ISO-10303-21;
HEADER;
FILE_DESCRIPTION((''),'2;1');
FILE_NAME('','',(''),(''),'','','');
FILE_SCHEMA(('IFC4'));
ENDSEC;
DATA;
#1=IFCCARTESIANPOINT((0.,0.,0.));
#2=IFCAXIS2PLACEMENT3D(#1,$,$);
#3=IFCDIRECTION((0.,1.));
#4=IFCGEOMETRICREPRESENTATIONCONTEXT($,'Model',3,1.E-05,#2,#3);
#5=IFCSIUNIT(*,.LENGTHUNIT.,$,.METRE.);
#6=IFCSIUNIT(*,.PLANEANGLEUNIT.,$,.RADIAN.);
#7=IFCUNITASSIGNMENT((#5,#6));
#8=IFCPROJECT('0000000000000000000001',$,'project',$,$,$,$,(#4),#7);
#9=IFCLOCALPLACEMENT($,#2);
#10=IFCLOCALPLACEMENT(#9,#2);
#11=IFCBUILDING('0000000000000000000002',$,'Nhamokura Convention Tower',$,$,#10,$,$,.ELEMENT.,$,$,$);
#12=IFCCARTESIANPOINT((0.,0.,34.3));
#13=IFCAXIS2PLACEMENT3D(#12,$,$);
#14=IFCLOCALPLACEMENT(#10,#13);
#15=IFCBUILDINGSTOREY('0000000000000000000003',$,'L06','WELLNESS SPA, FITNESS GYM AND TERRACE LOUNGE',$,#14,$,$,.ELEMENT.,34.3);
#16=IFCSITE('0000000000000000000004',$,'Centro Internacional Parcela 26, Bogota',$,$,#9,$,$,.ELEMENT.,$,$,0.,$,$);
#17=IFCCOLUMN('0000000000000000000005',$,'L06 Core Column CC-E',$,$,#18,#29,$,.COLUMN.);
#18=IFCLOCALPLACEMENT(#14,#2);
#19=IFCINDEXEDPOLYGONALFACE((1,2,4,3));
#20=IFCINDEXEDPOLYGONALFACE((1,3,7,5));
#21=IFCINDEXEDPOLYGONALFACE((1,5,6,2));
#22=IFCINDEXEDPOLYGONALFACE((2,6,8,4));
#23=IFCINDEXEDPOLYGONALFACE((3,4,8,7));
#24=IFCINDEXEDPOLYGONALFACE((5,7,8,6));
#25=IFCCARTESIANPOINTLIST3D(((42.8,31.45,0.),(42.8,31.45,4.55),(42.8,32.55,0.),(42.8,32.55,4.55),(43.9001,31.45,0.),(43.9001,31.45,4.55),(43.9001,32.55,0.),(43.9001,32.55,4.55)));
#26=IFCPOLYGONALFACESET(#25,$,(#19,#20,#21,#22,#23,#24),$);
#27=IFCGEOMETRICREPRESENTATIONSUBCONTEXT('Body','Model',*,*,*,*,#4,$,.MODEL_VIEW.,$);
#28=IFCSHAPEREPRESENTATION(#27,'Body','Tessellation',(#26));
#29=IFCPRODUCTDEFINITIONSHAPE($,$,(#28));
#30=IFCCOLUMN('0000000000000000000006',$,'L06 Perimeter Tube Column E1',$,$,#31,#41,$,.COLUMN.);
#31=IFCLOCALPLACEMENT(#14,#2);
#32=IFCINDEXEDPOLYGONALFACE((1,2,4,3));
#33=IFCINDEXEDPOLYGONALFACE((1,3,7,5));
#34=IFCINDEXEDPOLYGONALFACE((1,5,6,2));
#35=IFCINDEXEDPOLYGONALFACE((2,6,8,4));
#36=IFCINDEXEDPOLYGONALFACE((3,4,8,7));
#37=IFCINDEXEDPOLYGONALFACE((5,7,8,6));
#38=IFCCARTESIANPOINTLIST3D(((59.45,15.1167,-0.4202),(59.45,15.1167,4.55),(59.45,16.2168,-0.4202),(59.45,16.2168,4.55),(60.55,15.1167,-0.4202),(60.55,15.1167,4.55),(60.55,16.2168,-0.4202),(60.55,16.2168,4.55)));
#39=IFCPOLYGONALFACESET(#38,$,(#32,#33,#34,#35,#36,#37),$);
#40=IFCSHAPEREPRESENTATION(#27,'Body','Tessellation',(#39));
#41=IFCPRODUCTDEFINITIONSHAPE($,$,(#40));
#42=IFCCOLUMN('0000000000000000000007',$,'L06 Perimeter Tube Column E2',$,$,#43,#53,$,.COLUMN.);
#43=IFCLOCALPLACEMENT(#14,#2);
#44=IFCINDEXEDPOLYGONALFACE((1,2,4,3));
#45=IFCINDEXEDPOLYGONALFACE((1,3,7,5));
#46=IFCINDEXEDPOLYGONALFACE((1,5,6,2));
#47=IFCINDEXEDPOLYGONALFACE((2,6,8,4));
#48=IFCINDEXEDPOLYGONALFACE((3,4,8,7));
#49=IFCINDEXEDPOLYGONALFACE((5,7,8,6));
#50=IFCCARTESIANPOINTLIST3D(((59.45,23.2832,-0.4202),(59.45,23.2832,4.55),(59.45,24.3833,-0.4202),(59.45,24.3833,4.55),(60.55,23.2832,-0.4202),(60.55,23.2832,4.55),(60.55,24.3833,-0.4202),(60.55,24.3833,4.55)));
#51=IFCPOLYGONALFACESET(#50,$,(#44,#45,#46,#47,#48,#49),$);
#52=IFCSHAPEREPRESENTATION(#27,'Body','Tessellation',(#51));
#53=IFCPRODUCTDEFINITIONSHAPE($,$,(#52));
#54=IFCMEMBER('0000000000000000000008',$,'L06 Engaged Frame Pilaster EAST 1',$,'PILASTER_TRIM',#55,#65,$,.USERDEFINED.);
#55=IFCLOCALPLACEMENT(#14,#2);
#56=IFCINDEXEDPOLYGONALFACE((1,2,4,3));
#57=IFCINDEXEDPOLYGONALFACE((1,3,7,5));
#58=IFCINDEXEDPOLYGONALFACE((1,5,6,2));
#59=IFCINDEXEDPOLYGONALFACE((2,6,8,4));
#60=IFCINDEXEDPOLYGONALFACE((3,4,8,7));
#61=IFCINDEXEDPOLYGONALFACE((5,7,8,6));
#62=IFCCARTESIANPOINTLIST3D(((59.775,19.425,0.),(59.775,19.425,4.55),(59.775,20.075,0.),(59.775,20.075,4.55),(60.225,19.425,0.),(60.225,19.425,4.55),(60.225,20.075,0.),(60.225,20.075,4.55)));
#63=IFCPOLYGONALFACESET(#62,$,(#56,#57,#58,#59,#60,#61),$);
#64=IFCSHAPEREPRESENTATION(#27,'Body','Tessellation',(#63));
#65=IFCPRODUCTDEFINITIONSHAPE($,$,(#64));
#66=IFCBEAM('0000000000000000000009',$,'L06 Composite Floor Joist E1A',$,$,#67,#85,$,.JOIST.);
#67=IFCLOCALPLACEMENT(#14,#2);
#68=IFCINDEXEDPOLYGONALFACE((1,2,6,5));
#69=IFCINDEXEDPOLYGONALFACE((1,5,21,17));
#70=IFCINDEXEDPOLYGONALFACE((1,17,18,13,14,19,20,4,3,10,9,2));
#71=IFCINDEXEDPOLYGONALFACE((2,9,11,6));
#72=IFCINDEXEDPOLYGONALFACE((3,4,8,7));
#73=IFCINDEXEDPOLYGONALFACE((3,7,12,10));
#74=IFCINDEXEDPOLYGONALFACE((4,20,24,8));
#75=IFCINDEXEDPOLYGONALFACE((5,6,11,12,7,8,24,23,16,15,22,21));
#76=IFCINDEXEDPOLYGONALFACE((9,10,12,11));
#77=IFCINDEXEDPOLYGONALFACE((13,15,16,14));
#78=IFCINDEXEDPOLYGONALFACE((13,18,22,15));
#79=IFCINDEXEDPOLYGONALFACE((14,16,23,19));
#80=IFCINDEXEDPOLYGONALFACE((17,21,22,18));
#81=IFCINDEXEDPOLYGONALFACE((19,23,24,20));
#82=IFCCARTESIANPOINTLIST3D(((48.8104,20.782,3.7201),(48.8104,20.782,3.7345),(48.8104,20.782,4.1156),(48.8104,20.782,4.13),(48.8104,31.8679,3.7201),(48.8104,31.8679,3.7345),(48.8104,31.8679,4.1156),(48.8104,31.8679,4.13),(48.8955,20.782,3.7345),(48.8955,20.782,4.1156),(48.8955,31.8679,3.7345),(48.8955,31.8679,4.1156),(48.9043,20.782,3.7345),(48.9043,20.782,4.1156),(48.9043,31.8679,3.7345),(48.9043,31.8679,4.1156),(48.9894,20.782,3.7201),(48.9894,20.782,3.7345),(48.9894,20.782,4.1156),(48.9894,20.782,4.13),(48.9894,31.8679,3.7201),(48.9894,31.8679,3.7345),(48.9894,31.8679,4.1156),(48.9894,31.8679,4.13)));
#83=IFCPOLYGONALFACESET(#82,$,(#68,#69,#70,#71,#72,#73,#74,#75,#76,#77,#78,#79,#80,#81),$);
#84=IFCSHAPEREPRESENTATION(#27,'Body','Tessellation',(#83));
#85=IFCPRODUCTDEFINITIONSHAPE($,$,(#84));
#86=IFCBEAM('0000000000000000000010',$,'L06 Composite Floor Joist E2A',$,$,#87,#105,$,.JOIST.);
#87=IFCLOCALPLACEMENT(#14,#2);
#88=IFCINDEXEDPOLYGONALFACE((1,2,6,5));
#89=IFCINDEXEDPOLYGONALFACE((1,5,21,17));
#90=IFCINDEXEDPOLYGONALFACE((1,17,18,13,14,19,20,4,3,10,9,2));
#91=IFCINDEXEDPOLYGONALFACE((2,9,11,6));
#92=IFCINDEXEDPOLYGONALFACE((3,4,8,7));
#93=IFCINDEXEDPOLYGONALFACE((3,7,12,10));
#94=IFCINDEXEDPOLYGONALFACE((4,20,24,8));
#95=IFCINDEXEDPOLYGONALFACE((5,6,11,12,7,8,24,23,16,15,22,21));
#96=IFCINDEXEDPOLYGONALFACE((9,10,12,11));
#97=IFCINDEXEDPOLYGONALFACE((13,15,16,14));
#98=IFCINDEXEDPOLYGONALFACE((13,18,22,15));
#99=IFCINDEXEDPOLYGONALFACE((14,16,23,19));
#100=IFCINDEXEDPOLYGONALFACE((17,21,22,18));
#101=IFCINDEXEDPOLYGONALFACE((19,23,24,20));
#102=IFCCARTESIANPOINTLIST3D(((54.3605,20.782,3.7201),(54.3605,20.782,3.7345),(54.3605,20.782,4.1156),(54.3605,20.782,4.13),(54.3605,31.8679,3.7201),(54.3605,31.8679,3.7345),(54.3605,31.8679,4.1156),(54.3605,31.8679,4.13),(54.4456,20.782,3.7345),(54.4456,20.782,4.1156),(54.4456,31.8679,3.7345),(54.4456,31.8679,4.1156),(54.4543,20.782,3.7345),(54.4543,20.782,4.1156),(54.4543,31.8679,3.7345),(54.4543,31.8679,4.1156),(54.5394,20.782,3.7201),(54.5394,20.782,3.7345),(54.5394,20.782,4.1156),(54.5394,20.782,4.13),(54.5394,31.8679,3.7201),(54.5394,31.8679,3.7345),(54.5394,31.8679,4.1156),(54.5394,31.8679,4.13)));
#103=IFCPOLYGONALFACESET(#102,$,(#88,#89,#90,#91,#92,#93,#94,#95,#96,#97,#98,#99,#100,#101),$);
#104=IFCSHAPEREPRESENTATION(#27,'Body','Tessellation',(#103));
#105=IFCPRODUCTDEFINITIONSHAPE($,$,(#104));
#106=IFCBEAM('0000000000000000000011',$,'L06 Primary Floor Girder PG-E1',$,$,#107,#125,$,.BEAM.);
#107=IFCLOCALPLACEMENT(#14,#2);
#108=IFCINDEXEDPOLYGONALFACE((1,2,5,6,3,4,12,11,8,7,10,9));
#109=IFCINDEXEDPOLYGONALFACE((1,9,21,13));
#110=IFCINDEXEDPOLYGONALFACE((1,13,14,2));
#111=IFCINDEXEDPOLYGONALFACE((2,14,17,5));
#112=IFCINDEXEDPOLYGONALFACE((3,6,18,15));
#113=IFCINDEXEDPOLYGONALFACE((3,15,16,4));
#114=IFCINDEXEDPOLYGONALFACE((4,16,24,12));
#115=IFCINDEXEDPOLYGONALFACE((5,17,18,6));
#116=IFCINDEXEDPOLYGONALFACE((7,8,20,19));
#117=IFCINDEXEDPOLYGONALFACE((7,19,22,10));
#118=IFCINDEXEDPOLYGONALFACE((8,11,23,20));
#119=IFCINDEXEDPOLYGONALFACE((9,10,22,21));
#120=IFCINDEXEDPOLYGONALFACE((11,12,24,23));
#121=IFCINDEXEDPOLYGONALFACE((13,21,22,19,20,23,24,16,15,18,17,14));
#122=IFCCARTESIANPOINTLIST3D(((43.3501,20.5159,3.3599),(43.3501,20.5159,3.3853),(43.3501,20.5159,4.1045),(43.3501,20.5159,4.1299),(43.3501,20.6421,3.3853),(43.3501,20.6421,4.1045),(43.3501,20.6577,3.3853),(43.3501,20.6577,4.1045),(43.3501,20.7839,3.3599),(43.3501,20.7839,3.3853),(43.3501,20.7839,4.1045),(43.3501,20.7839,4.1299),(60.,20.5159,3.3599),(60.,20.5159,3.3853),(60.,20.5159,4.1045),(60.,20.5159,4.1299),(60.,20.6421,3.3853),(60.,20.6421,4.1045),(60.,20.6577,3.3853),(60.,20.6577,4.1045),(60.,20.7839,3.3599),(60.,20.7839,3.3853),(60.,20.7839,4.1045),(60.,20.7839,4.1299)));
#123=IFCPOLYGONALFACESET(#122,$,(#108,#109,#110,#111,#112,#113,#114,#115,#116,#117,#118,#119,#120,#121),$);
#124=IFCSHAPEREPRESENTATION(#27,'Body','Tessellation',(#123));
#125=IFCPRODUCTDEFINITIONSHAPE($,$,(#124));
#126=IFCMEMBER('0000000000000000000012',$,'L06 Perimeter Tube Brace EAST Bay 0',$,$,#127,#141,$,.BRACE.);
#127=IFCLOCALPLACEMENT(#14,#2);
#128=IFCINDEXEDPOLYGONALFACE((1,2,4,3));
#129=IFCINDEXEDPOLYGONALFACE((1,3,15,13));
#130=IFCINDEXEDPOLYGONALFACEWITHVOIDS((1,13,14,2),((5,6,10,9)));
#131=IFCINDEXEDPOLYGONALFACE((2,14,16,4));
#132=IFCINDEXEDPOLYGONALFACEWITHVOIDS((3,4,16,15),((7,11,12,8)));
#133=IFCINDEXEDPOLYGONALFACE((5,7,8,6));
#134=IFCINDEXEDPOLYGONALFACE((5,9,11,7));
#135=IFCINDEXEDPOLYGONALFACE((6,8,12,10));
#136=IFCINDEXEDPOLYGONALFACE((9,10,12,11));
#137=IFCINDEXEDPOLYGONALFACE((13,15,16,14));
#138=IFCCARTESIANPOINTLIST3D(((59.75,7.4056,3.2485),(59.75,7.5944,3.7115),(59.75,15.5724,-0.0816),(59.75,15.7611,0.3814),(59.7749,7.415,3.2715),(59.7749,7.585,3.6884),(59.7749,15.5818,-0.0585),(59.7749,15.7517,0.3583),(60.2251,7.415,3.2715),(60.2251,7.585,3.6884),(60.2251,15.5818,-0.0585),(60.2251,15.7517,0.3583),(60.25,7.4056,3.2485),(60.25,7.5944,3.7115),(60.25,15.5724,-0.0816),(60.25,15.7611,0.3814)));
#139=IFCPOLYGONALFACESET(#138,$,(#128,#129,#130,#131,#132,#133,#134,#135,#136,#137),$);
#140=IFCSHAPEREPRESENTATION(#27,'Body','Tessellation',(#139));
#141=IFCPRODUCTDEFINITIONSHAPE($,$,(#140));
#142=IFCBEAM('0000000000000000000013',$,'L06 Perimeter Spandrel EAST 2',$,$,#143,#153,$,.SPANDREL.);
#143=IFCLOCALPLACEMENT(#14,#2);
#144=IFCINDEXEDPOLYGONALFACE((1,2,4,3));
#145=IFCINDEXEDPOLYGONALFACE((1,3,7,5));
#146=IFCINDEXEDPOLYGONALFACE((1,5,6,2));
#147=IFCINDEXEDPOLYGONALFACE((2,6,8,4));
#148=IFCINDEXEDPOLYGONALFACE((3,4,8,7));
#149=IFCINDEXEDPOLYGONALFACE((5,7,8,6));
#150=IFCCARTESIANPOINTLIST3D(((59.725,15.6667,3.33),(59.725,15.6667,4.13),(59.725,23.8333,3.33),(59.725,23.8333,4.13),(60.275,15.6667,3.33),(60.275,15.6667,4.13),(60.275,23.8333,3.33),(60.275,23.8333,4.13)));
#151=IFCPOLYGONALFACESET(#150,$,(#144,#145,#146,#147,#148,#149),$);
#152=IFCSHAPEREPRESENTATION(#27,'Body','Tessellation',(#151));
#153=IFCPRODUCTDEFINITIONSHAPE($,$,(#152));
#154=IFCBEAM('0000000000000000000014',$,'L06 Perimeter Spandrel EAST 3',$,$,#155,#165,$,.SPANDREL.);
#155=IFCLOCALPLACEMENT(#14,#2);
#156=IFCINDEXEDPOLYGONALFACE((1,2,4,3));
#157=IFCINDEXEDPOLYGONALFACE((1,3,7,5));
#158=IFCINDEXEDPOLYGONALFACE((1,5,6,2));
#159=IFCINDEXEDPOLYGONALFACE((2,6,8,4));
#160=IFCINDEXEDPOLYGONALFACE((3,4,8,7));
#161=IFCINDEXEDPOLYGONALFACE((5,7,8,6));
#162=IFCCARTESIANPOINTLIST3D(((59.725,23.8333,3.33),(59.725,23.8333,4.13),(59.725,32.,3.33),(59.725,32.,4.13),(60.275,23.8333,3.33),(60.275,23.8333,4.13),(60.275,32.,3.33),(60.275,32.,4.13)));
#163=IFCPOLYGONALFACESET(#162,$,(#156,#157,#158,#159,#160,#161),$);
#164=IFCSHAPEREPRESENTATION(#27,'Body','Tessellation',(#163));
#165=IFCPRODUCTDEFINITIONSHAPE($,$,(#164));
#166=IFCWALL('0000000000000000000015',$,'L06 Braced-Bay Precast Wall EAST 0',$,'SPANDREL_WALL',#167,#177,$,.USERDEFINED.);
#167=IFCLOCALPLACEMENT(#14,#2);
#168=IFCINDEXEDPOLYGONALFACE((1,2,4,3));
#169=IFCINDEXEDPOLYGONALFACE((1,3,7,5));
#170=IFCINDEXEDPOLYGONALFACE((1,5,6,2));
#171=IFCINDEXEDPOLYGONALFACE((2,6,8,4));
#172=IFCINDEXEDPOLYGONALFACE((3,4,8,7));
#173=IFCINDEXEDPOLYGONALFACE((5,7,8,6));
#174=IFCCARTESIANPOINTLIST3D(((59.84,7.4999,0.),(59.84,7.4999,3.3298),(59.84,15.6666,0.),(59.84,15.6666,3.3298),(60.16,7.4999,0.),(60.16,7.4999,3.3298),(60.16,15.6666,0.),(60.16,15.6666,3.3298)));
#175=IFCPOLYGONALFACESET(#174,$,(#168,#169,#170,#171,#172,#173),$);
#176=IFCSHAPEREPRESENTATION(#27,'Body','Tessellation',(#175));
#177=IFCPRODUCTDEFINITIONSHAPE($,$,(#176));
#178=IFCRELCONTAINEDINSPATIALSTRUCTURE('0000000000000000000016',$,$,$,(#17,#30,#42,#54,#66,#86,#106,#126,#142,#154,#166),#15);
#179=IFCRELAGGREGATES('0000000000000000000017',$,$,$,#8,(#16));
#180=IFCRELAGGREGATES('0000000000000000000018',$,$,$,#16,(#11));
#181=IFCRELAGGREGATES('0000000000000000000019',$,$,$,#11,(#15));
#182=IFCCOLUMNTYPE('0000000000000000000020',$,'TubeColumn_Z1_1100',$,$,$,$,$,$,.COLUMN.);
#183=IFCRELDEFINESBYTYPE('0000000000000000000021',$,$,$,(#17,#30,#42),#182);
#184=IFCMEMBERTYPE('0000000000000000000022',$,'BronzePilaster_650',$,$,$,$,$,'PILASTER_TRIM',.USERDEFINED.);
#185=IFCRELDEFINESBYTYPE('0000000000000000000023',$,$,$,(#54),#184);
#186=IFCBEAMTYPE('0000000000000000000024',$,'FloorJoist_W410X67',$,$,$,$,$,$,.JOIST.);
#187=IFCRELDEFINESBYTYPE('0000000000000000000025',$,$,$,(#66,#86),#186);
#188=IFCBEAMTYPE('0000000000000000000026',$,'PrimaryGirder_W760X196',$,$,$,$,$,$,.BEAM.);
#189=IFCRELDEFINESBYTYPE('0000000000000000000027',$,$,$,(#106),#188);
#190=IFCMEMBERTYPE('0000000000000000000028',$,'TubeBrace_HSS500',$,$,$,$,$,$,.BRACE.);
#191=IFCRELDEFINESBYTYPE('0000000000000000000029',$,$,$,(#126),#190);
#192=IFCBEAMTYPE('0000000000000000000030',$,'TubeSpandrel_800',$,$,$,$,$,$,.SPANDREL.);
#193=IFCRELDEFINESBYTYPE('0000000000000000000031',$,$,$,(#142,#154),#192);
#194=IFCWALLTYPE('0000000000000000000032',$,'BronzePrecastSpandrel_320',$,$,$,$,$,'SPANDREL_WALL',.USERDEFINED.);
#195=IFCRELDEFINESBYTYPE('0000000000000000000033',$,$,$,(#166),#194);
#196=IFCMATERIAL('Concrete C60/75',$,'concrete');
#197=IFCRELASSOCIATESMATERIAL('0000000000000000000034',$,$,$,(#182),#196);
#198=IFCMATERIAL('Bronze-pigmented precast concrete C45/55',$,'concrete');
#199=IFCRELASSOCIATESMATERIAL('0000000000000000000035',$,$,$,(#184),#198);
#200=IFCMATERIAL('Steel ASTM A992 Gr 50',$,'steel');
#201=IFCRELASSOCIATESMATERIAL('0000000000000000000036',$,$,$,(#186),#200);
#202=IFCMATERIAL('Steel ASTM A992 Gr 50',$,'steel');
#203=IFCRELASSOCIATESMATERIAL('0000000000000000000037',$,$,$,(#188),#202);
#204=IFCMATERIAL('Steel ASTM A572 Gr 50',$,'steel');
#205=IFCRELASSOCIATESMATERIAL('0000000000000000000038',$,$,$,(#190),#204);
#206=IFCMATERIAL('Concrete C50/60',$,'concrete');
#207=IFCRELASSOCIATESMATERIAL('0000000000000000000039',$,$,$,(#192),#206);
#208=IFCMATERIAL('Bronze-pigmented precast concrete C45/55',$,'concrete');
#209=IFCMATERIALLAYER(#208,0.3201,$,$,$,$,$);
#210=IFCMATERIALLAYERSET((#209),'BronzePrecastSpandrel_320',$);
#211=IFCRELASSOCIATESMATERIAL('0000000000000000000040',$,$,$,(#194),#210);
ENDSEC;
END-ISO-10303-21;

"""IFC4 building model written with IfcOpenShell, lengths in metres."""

from ifc_helpers import new_model, si_unit, direction, frame, frame_2d, origin, origin_2d, place, context, subcontext, project, spatial, rectangle, hollow_rectangle, i_section, extrude, material, layer, layer_set, material_profile, profile_set, type_object, element, save


model = new_model("IFC4")

# Units and contexts
model_context = context("Model", 3, precision=1e-05, world=origin(), true_north=direction((0.0, 1.0)))
body_context = subcontext(model_context, "Body", "Model", "MODEL_VIEW")
ifc_project = project(units=[si_unit("LENGTHUNIT", "METRE"), si_unit("PLANEANGLEUNIT", "RADIAN")], contexts=[model_context])

# Site, building, storey
site_placement = place(None, origin())
site = spatial("IfcSite", under=ifc_project, at=site_placement, Name="Centro Internacional Parcela 26, Bogota", CompositionType="ELEMENT", RefElevation=0.0)
building_placement = place(site_placement, origin())
building = spatial("IfcBuilding", under=site, at=building_placement, Name="Nhamokura Convention Tower", CompositionType="ELEMENT")
storey_placement = place(building_placement, frame((0.0, 0.0, 34.3)))
storey = spatial("IfcBuildingStorey", under=building, at=storey_placement, Name="L06", Description="WELLNESS SPA, FITNESS GYM AND TERRACE LOUNGE", CompositionType="ELEMENT", Elevation=34.3)

# Columns
ifc_material_1 = material(Name="Concrete C60/75", Category="concrete")
ifc_material_profile_1 = material_profile(ifc_material_1, rectangle(XDim=1.1001, YDim=1.1001, at=origin_2d()))
ifc_profile_set_1 = profile_set([ifc_material_profile_1], Name="Concrete C60/75")
column_type = type_object("IfcColumnType", Name="TubeColumn_Z1_1100", PredefinedType="COLUMN", material=ifc_profile_set_1)
column_placement = place(storey_placement, frame((43.3501, 32.0, 0.0), z_axis=(0.0, 0.0, 1.0), x_axis=(1.0, 0.0, 0.0)))
element("IfcColumn", 1, at=column_placement, inside=storey, type_object=column_type, Name="L06 Core Column CC-E", PredefinedType="COLUMN", context=body_context, shape_type="SweptSolid", body=[
    extrude(rectangle(XDim=1.1001, YDim=1.1001, at=origin_2d()), origin(), (0.0, 0.0, 1.0), 4.55),
])
for number, where, z_axis, x_axis, name in (
    (2, (60.0, 15.6667, -0.4202), (0.0, 0.0, 1.0), (1.0, 0.0, 0.0), "L06 Perimeter Tube Column E1"),
    (3, (60.0, 23.8333, -0.4202), (0.0, 0.0, 1.0), (1.0, 0.0, 0.0), "L06 Perimeter Tube Column E2"),
):
    element("IfcColumn", number, at=place(storey_placement, frame(where, z_axis=z_axis, x_axis=x_axis)), inside=storey, type_object=column_type, Name=name, PredefinedType="COLUMN", context=body_context, shape_type="SweptSolid", body=[
        extrude(rectangle(XDim=1.1001, YDim=1.1001, at=origin_2d()), origin(), (0.0, 0.0, 1.0), 4.9702),
    ])

# Member
ifc_material_2 = material(Name="Bronze-pigmented precast concrete C45/55", Category="concrete")
ifc_material_profile_2 = material_profile(ifc_material_2, rectangle(XDim=0.45, YDim=0.6499, at=origin_2d()))
ifc_profile_set_2 = profile_set([ifc_material_profile_2], Name="Bronze-pigmented precast concrete C45/55")
member_type_1 = type_object("IfcMemberType", Name="BronzePilaster_650", ElementType="PILASTER_TRIM", PredefinedType="USERDEFINED", material=ifc_profile_set_2)
member_1_placement = place(storey_placement, frame((60.0, 19.75, 0.0), z_axis=(0.0, 0.0, 1.0), x_axis=(1.0, 0.0, 0.0)))
element("IfcMember", 4, at=member_1_placement, inside=storey, type_object=member_type_1, Name="L06 Engaged Frame Pilaster EAST 1", ObjectType="PILASTER_TRIM", PredefinedType="USERDEFINED", context=body_context, shape_type="SweptSolid", body=[
    extrude(rectangle(XDim=0.45, YDim=0.6499, at=origin_2d()), origin(), (0.0, 0.0, 1.0), 4.55),
])

# Beams
ifc_material_3 = material(Name="Steel ASTM A992 Gr 50", Category="steel")
ifc_material_profile_3 = material_profile(ifc_material_3, i_section(OverallWidth=0.179, OverallDepth=0.4099, WebThickness=0.0088, FlangeThickness=0.0144, at=origin_2d()))
ifc_profile_set_3 = profile_set([ifc_material_profile_3], Name="Steel ASTM A992 Gr 50")
beam_type_1 = type_object("IfcBeamType", Name="FloorJoist_W410X67", PredefinedType="JOIST", material=ifc_profile_set_3)
for number, where, z_axis, x_axis, name in (
    (5, (48.8999, 20.782, 3.925), (0.0, 1.0, 0.0), (-1.0, 0.0, 0.0), "L06 Composite Floor Joist E1A"),
    (6, (54.45, 20.782, 3.925), (0.0, 1.0, 0.0), (-1.0, 0.0, 0.0), "L06 Composite Floor Joist E2A"),
):
    element("IfcBeam", number, at=place(storey_placement, frame(where, z_axis=z_axis, x_axis=x_axis)), inside=storey, type_object=beam_type_1, Name=name, PredefinedType="JOIST", context=body_context, shape_type="SweptSolid", body=[
        extrude(i_section(OverallWidth=0.179, OverallDepth=0.4099, WebThickness=0.0088, FlangeThickness=0.0144, at=origin_2d()), origin(), (0.0, 0.0, 1.0), 11.0859),
    ])
ifc_material_4 = material(Name="Steel ASTM A992 Gr 50", Category="steel")
ifc_material_profile_4 = material_profile(ifc_material_4, i_section(OverallWidth=0.2681, OverallDepth=0.77, WebThickness=0.0156, FlangeThickness=0.0254, at=origin_2d()))
ifc_profile_set_4 = profile_set([ifc_material_profile_4], Name="Steel ASTM A992 Gr 50")
beam_type_2 = type_object("IfcBeamType", Name="PrimaryGirder_W760X196", PredefinedType="BEAM", material=ifc_profile_set_4)
beam_1_placement = place(storey_placement, frame((43.3501, 20.6499, 3.7449), z_axis=(1.0, 0.0, 0.0), x_axis=(0.0, 1.0, 0.0)))
element("IfcBeam", 7, at=beam_1_placement, inside=storey, type_object=beam_type_2, Name="L06 Primary Floor Girder PG-E1", PredefinedType="BEAM", context=body_context, shape_type="SweptSolid", body=[
    extrude(i_section(OverallWidth=0.2681, OverallDepth=0.77, WebThickness=0.0156, FlangeThickness=0.0254, at=origin_2d()), origin(), (0.0, 0.0, 1.0), 16.6499),
])

# Member
ifc_material_5 = material(Name="Steel ASTM A572 Gr 50", Category="steel")
ifc_material_profile_5 = material_profile(ifc_material_5, hollow_rectangle(XDim=0.5, YDim=0.5, WallThickness=0.0249, at=origin_2d()))
ifc_profile_set_5 = profile_set([ifc_material_profile_5], Name="Steel ASTM A572 Gr 50")
member_type_2 = type_object("IfcMemberType", Name="TubeBrace_HSS500", PredefinedType="BRACE", material=ifc_profile_set_5)
member_2_placement = place(storey_placement, frame((60.0, 15.6667, 0.1499), z_axis=(0.0, -0.925978, 0.377577), x_axis=(1.0, 0.0, 0.0)))
element("IfcMember", 8, at=member_2_placement, inside=storey, type_object=member_type_2, Name="L06 Perimeter Tube Brace EAST Bay 0", PredefinedType="BRACE", context=body_context, shape_type="SweptSolid", body=[
    extrude(hollow_rectangle(XDim=0.5, YDim=0.5, WallThickness=0.0249, at=origin_2d()), origin(), (0.0, 0.0, 1.0), 8.8196),
])

# Beams
ifc_material_6 = material(Name="Concrete C50/60", Category="concrete")
ifc_material_profile_6 = material_profile(ifc_material_6, rectangle(XDim=0.55, YDim=0.8, at=origin_2d()))
ifc_profile_set_6 = profile_set([ifc_material_profile_6], Name="Concrete C50/60")
beam_type_3 = type_object("IfcBeamType", Name="TubeSpandrel_800", PredefinedType="SPANDREL", material=ifc_profile_set_6)
beam_2_placement = place(storey_placement, frame((60.0, 15.6667, 3.73), z_axis=(0.0, 1.0, 0.0), x_axis=(-1.0, 0.0, 0.0)))
element("IfcBeam", 9, at=beam_2_placement, inside=storey, type_object=beam_type_3, Name="L06 Perimeter Spandrel EAST 2", PredefinedType="SPANDREL", context=body_context, shape_type="SweptSolid", body=[
    extrude(rectangle(XDim=0.55, YDim=0.8, at=origin_2d()), origin(), (0.0, 0.0, 1.0), 8.1665),
])
beam_3_placement = place(storey_placement, frame((60.0, 23.8333, 3.73), z_axis=(0.0, 1.0, 0.0), x_axis=(-1.0, 0.0, 0.0)))
element("IfcBeam", 10, at=beam_3_placement, inside=storey, type_object=beam_type_3, Name="L06 Perimeter Spandrel EAST 3", PredefinedType="SPANDREL", context=body_context, shape_type="SweptSolid", body=[
    extrude(rectangle(XDim=0.55, YDim=0.8, at=origin_2d()), origin(), (0.0, 0.0, 1.0), 8.1667),
])

# Wall
ifc_material_7 = material(Name="Bronze-pigmented precast concrete C45/55", Category="concrete")
ifc_layer_1 = layer(ifc_material_7, 0.3201)
ifc_layer_set_1 = layer_set([ifc_layer_1], Name="BronzePrecastSpandrel_320")
wall_type_1 = type_object("IfcWallType", Name="BronzePrecastSpandrel_320", ElementType="SPANDREL_WALL", PredefinedType="USERDEFINED", material=ifc_layer_set_1)
wall_1_placement = place(storey_placement, frame((60.0, 15.6667, 0.0), z_axis=(0.0, 0.0, 1.0), x_axis=(0.0, -1.0, 0.0)))
element("IfcWall", 11, at=wall_1_placement, inside=storey, type_object=wall_type_1, Name="L06 Braced-Bay Precast Wall EAST 0", ObjectType="SPANDREL_WALL", PredefinedType="USERDEFINED", context=body_context, shape_type="SweptSolid", body=[
    extrude(rectangle(XDim=8.1667, YDim=0.3201, at=frame_2d((4.0835, 0.0))), origin(), (0.0, 0.0, 1.0), 3.3298),
])

save(model, "model.ifc")
